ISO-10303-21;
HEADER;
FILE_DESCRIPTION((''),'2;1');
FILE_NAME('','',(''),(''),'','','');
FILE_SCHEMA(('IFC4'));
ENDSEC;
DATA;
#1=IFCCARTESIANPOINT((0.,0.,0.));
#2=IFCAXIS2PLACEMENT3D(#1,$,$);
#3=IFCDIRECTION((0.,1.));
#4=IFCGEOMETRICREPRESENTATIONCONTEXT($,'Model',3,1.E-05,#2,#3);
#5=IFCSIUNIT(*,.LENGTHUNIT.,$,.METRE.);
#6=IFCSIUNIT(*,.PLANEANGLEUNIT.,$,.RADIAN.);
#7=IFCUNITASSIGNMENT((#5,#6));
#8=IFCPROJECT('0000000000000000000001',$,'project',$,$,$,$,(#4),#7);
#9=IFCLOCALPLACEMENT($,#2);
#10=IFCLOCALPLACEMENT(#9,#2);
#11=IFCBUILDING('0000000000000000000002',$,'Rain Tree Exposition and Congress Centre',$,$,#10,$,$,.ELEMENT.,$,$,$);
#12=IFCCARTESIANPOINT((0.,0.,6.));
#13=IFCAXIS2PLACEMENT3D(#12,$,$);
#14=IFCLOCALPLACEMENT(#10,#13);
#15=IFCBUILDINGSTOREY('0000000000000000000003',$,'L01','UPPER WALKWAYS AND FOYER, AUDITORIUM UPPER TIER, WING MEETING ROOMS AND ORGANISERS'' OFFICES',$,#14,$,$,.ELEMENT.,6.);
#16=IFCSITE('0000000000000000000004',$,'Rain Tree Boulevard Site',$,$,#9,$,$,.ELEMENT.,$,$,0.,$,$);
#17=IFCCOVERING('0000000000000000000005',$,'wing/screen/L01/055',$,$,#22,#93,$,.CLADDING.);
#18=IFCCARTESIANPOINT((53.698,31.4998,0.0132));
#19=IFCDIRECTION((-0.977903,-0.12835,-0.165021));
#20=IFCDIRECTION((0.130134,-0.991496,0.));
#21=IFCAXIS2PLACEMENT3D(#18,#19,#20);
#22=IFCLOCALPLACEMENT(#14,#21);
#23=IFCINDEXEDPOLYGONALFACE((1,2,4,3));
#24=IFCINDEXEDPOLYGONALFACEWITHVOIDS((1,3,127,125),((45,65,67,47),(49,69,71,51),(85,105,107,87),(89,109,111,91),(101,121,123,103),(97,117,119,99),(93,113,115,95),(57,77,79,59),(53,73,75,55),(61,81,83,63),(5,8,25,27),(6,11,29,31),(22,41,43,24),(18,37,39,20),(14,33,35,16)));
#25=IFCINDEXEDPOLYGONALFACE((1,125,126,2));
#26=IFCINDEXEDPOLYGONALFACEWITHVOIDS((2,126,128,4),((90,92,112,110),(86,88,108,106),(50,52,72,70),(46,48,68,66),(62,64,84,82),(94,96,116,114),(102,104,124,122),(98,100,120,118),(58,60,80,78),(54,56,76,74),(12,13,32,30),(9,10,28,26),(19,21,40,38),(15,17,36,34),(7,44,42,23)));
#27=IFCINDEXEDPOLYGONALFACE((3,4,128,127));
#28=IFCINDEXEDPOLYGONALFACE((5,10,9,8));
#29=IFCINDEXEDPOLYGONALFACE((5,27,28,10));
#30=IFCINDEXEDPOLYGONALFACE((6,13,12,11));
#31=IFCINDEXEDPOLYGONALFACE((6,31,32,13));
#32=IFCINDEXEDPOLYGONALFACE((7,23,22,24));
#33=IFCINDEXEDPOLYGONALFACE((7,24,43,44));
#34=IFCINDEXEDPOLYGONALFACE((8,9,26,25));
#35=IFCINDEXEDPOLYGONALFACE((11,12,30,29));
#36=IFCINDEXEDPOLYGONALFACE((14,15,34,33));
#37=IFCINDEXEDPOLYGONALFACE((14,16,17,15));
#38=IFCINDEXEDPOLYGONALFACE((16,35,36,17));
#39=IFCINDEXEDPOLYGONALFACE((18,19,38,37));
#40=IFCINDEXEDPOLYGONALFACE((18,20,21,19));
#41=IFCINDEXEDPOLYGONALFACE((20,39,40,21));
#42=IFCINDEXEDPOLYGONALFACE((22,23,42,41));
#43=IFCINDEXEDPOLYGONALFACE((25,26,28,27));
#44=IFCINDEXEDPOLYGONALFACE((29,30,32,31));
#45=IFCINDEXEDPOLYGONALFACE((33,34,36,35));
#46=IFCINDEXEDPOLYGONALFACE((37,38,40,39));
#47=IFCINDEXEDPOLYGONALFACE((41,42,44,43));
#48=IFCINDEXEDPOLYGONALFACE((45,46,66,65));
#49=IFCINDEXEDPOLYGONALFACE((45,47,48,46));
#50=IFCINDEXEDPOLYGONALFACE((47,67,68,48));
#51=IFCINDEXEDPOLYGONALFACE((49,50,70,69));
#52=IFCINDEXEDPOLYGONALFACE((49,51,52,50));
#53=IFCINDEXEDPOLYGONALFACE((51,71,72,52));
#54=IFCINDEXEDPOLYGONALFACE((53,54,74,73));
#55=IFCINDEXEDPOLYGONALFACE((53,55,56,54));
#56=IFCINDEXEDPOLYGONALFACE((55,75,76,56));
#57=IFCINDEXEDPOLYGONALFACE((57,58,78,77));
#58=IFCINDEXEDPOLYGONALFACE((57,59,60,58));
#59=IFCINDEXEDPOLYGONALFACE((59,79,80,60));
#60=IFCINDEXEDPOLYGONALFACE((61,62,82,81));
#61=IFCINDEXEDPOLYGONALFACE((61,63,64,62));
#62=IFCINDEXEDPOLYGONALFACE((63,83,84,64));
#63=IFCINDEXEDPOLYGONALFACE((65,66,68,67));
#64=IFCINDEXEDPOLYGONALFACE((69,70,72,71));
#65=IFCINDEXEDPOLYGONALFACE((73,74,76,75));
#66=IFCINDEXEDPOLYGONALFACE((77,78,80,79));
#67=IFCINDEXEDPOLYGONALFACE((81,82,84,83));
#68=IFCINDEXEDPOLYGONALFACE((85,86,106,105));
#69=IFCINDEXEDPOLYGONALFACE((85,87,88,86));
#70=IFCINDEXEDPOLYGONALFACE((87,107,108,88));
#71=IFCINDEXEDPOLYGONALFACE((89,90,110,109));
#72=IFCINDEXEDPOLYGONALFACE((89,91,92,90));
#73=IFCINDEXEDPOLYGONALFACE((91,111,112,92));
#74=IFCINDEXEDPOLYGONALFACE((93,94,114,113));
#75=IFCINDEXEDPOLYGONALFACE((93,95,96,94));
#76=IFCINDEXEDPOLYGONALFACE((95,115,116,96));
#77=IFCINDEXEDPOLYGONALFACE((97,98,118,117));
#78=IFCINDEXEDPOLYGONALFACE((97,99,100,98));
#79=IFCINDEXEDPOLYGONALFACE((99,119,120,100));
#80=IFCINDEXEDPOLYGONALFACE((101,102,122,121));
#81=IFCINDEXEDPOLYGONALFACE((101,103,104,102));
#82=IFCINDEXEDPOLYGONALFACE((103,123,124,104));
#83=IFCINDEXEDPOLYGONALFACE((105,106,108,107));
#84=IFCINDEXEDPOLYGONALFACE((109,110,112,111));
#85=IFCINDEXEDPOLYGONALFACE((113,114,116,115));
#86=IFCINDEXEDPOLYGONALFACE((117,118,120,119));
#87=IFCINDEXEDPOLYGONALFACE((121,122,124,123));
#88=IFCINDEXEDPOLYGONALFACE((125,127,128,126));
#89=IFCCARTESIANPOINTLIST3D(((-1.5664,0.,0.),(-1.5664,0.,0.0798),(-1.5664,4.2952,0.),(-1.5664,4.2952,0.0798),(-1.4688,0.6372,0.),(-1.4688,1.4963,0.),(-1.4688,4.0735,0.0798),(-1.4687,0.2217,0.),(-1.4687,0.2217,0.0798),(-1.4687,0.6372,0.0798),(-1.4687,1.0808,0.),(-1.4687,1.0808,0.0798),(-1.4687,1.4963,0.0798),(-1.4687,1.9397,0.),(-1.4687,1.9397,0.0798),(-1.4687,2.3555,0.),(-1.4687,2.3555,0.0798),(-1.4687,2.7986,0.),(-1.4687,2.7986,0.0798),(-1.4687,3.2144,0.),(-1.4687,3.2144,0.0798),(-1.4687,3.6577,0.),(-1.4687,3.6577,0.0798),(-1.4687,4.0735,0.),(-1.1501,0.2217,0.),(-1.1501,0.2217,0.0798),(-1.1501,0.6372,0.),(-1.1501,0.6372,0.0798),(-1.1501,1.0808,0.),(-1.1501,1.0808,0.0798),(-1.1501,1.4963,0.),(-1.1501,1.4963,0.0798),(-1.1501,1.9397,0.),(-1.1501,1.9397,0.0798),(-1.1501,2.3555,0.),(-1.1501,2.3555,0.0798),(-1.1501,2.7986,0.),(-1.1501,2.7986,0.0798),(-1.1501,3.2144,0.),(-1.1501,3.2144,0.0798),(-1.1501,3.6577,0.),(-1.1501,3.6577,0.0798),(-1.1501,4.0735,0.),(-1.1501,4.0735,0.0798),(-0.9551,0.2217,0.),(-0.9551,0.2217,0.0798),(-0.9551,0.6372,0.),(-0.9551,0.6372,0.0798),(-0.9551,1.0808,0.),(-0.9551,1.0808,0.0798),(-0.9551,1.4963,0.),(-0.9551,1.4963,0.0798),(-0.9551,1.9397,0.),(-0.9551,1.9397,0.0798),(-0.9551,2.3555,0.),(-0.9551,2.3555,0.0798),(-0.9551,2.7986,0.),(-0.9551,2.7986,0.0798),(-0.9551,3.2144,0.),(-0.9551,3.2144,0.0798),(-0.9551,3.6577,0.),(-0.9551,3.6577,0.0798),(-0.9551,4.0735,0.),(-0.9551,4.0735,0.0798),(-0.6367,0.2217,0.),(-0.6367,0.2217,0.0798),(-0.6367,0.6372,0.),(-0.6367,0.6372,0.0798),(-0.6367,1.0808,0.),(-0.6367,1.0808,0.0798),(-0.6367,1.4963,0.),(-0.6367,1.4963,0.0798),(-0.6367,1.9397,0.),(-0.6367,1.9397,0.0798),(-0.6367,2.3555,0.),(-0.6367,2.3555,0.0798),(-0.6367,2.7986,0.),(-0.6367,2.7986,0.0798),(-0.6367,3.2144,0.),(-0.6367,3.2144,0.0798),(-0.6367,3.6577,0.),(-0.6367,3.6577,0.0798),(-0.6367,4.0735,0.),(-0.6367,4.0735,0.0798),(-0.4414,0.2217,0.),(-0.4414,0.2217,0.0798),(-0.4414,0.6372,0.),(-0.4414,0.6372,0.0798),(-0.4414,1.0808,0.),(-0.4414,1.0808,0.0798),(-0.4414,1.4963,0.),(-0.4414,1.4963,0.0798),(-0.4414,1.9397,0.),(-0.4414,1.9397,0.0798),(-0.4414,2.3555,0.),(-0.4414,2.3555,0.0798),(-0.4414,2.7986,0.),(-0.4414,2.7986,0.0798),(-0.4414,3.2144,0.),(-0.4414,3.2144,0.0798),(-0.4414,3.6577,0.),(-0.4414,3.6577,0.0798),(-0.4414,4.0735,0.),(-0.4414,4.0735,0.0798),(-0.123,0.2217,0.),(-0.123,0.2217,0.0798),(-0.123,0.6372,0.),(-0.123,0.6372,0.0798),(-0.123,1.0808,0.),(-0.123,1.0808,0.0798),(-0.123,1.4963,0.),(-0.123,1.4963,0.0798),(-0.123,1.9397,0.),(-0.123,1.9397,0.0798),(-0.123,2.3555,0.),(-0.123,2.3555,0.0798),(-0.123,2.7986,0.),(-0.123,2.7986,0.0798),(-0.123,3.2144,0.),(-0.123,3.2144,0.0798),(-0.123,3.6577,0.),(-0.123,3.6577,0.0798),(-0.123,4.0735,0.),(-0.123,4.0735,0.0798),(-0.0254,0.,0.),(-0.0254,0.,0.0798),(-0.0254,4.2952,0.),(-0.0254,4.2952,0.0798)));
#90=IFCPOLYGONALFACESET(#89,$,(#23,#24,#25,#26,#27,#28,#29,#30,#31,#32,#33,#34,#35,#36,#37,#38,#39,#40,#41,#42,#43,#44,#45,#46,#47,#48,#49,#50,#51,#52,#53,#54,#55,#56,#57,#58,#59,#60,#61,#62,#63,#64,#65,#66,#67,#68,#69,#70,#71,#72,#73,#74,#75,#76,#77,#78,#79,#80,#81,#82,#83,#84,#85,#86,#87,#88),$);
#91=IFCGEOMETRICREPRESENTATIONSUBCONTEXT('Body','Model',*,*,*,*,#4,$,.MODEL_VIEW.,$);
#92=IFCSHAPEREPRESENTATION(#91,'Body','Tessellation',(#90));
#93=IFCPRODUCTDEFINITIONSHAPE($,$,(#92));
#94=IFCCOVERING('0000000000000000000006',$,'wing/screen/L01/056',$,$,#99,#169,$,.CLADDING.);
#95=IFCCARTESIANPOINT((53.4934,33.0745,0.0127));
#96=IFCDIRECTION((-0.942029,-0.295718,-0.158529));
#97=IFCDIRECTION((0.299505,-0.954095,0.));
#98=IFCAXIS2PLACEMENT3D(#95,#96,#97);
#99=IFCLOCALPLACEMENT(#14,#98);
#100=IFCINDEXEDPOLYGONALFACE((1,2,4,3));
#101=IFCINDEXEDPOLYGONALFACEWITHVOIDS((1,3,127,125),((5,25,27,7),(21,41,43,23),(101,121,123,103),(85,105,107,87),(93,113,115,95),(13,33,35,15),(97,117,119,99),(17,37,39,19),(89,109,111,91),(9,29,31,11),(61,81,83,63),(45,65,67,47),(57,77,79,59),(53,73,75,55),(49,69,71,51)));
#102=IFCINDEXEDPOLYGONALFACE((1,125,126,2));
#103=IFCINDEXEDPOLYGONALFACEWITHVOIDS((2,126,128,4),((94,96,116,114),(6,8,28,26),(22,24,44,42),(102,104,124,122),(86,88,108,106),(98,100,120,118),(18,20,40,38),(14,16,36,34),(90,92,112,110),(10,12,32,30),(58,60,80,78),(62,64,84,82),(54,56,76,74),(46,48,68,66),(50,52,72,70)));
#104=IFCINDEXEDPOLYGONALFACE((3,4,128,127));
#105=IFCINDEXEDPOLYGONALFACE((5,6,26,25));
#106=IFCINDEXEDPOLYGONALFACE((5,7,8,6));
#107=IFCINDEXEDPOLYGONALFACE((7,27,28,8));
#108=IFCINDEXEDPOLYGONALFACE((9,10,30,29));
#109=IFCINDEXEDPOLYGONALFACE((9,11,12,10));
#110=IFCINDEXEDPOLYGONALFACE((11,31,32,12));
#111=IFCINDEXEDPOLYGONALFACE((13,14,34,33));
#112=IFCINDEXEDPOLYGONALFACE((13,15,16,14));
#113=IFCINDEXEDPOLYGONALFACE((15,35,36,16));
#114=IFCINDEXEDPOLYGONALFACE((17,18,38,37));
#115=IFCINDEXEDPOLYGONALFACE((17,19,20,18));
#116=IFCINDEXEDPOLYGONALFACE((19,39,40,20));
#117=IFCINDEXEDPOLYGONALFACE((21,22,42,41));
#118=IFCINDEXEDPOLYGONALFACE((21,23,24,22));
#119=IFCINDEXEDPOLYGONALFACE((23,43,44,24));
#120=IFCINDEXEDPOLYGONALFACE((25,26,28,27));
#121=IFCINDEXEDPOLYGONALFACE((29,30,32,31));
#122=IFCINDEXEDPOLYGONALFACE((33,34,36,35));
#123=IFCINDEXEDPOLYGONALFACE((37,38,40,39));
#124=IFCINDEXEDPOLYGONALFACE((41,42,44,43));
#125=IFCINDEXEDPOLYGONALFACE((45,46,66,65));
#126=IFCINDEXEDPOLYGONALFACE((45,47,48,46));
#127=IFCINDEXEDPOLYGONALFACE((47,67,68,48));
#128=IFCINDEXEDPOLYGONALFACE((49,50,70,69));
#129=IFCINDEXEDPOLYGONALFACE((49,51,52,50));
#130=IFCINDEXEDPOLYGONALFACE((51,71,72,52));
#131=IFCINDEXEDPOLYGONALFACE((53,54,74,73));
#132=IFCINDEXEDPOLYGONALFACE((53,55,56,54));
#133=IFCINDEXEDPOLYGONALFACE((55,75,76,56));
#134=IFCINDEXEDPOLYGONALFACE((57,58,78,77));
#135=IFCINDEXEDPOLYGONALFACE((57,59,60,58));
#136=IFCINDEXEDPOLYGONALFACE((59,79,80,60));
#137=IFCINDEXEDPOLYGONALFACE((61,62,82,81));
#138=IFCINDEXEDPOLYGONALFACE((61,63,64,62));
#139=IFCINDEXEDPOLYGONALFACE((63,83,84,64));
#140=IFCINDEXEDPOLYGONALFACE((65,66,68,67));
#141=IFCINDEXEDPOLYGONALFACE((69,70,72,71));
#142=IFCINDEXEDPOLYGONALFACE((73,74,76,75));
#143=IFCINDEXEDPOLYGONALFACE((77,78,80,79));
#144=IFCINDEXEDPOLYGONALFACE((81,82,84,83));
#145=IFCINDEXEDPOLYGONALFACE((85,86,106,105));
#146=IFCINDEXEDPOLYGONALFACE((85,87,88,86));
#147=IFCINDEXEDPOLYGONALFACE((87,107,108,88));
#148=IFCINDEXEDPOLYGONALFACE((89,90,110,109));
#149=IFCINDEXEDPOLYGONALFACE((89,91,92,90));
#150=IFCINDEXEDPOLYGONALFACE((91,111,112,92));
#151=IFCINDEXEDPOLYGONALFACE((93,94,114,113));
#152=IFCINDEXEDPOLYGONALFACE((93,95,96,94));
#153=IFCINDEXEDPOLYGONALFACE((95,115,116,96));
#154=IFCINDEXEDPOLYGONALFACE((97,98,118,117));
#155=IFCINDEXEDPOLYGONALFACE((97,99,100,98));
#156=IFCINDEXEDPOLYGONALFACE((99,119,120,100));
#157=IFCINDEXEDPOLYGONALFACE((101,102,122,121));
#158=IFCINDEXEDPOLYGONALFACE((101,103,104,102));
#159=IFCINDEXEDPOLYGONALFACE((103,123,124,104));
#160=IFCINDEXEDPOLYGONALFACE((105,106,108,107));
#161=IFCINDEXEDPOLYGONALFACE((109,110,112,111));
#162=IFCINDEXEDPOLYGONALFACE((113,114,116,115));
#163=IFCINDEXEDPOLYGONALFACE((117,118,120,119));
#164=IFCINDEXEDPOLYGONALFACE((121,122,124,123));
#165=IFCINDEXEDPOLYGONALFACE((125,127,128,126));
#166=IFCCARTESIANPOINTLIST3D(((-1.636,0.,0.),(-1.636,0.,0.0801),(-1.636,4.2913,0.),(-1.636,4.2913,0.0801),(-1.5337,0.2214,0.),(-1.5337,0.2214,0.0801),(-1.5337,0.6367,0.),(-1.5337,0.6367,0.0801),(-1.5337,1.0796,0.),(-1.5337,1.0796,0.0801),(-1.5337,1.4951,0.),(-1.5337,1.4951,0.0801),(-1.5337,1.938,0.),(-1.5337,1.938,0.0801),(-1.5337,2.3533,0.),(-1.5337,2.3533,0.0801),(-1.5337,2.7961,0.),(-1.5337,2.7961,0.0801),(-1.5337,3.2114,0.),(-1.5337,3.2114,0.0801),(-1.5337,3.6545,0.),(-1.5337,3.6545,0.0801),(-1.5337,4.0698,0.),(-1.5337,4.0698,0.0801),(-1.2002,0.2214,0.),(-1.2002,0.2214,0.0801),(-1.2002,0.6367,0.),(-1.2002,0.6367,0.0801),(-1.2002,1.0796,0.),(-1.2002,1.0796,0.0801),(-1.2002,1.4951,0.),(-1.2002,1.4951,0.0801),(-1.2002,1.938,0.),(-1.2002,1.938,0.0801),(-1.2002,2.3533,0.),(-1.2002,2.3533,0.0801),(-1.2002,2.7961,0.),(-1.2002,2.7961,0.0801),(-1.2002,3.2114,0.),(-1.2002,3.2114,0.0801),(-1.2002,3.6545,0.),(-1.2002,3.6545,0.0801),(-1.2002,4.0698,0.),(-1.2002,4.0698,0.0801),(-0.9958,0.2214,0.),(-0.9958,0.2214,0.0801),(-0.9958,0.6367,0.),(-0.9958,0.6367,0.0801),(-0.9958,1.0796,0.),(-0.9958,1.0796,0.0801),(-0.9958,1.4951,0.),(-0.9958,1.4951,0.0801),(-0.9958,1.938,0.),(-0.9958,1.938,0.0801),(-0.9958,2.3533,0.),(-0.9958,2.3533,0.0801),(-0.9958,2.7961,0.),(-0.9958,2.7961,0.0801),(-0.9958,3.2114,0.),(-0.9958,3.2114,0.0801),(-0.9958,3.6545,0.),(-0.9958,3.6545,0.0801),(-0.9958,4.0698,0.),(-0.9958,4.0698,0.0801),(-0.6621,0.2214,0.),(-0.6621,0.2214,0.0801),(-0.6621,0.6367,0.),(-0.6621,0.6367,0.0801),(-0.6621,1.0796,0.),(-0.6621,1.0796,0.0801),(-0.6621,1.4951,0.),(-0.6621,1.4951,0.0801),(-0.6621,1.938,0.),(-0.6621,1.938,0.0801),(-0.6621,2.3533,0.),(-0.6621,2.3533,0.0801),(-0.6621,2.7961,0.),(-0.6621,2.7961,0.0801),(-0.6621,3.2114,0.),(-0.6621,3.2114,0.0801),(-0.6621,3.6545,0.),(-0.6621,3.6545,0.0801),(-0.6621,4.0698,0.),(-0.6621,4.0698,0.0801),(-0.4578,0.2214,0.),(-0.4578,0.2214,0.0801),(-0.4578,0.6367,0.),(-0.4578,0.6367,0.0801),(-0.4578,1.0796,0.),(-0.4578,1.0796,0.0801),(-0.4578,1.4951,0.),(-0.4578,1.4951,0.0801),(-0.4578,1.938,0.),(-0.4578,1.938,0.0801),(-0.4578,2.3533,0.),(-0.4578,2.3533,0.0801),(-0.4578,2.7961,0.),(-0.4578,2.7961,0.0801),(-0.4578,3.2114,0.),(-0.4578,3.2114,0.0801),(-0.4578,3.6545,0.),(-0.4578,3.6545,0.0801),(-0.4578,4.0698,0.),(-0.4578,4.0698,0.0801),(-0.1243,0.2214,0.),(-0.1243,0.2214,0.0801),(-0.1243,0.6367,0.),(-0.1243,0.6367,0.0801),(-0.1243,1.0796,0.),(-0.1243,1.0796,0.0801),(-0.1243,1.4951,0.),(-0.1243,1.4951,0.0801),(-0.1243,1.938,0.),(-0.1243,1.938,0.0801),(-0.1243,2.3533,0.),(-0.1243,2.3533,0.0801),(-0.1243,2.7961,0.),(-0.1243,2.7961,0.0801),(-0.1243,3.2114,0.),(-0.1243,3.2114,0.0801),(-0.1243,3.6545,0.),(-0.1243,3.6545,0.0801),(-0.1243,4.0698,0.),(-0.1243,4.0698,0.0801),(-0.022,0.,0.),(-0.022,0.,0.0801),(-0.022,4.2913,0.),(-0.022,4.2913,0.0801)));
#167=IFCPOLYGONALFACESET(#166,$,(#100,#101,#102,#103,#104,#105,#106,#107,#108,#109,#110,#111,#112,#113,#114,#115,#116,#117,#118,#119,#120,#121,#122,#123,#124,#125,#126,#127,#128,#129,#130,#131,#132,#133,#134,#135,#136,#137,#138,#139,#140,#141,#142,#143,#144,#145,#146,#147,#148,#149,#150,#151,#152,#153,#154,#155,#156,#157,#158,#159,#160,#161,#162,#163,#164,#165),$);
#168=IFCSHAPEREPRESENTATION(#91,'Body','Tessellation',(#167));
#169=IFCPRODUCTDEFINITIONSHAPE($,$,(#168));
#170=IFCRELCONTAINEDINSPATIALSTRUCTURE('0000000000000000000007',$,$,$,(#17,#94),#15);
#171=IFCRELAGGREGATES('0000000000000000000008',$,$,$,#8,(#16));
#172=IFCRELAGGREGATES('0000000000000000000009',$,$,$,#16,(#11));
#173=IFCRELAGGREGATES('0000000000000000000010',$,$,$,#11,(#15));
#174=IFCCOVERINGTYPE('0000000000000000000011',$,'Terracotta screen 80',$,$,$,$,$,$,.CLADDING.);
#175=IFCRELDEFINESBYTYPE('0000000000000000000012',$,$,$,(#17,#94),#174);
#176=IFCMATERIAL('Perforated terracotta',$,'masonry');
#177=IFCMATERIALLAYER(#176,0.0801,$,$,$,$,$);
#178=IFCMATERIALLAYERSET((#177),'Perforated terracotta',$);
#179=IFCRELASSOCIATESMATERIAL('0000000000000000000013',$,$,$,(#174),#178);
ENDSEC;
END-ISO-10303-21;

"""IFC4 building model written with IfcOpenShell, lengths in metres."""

from ifc_helpers import new_model, si_unit, direction, frame, origin, place, context, subcontext, project, spatial, polyline, outline, extrude, material, layer, layer_set, type_object, element, save


model = new_model("IFC4")

# Units and contexts
model_context = context("Model", 3, precision=1e-05, world=origin(), true_north=direction((0.0, 1.0)))
body_context = subcontext(model_context, "Body", "Model", "MODEL_VIEW")
ifc_project = project(units=[si_unit("LENGTHUNIT", "METRE"), si_unit("PLANEANGLEUNIT", "RADIAN")], contexts=[model_context])

# Site, building, storey
site_placement = place(None, origin())
site = spatial("IfcSite", under=ifc_project, at=site_placement, Name="Rain Tree Boulevard Site", CompositionType="ELEMENT", RefElevation=0.0)
building_placement = place(site_placement, origin())
building = spatial("IfcBuilding", under=site, at=building_placement, Name="Rain Tree Exposition and Congress Centre", CompositionType="ELEMENT")
storey_placement = place(building_placement, frame((0.0, 0.0, 6.0)))
storey = spatial("IfcBuildingStorey", under=building, at=storey_placement, Name="L01", Description="UPPER WALKWAYS AND FOYER, AUDITORIUM UPPER TIER, WING MEETING ROOMS AND ORGANISERS' OFFICES", CompositionType="ELEMENT", Elevation=6.0)

# Coverings
ifc_material_1 = material(Name="Perforated terracotta", Category="masonry")
ifc_layer = layer(ifc_material_1, 0.0801)
ifc_layer_set = layer_set([ifc_layer], Name="Perforated terracotta")
covering_type = type_object("IfcCoveringType", Name="Terracotta screen 80", PredefinedType="CLADDING", material=ifc_layer_set)
covering_1_placement = place(storey_placement, frame((53.698, 31.4998, 0.0132), z_axis=(-0.977903, -0.12835, -0.165021), x_axis=(0.130134, -0.991496, 0.0)))
element("IfcCovering", 1, at=covering_1_placement, inside=storey, type_object=covering_type, Name="wing/screen/L01/055", PredefinedType="CLADDING", context=body_context, shape_type="SweptSolid", body=[
    extrude(outline(polyline([(-1.5664, 0.0), (-1.5664, 4.2952), (-0.0254, 4.2952), (-0.0254, 0.0), (-1.5664, 0.0)]), holes=[polyline([(-0.123, 0.2217), (-0.123, 0.6372), (-0.4414, 0.6372), (-0.4414, 0.2217), (-0.123, 0.2217)]), polyline([(-0.123, 1.0808), (-0.123, 1.4963), (-0.4414, 1.4963), (-0.4414, 1.0808), (-0.123, 1.0808)]), polyline([(-0.123, 1.9397), (-0.123, 2.3555), (-0.4414, 2.3555), (-0.4414, 1.9397), (-0.123, 1.9397)]), polyline([(-0.123, 2.7986), (-0.123, 3.2144), (-0.4414, 3.2144), (-0.4414, 2.7986), (-0.123, 2.7986)]), polyline([(-0.123, 3.6577), (-0.123, 4.0735), (-0.4414, 4.0735), (-0.4414, 3.6577), (-0.123, 3.6577)]), polyline([(-0.6367, 0.2217), (-0.6367, 0.6372), (-0.9551, 0.6372), (-0.9551, 0.2217), (-0.6367, 0.2217)]), polyline([(-0.6367, 1.0808), (-0.6367, 1.4963), (-0.9551, 1.4963), (-0.9551, 1.0808), (-0.6367, 1.0808)]), polyline([(-0.6367, 1.9397), (-0.6367, 2.3555), (-0.9551, 2.3555), (-0.9551, 1.9397), (-0.6367, 1.9397)]), polyline([(-0.6367, 2.7986), (-0.6367, 3.2144), (-0.9551, 3.2144), (-0.9551, 2.7986), (-0.6367, 2.7986)]), polyline([(-0.6367, 3.6577), (-0.6367, 4.0735), (-0.9551, 4.0735), (-0.9551, 3.6577), (-0.6367, 3.6577)]), polyline([(-1.1501, 0.2217), (-1.1501, 0.6372), (-1.4688, 0.6372), (-1.4688, 0.2217), (-1.1501, 0.2217)]), polyline([(-1.1501, 1.0808), (-1.1501, 1.4963), (-1.4688, 1.4963), (-1.4688, 1.0808), (-1.1501, 1.0808)]), polyline([(-1.1501, 1.9397), (-1.1501, 2.3555), (-1.4688, 2.3555), (-1.4688, 1.9397), (-1.1501, 1.9397)]), polyline([(-1.1501, 2.7986), (-1.1501, 3.2144), (-1.4688, 3.2144), (-1.4688, 2.7986), (-1.1501, 2.7986)]), polyline([(-1.1501, 3.6577), (-1.1501, 4.0735), (-1.4688, 4.0735), (-1.4688, 3.6577), (-1.1501, 3.6577)])]), origin(), (0.0, 0.0, 1.0), 0.0798),
])
covering_2_placement = place(storey_placement, frame((53.4934, 33.0745, 0.0127), z_axis=(-0.942029, -0.295718, -0.158529), x_axis=(0.299505, -0.954095, 0.0)))
element("IfcCovering", 2, at=covering_2_placement, inside=storey, type_object=covering_type, Name="wing/screen/L01/056", PredefinedType="CLADDING", context=body_context, shape_type="SweptSolid", body=[
    extrude(outline(polyline([(-1.636, 0.0), (-1.636, 4.2913), (-0.022, 4.2913), (-0.022, 0.0), (-1.636, 0.0)]), holes=[polyline([(-0.1243, 0.2214), (-0.1243, 0.6367), (-0.4578, 0.6367), (-0.4578, 0.2214), (-0.1243, 0.2214)]), polyline([(-0.1243, 1.0796), (-0.1243, 1.4951), (-0.4578, 1.4951), (-0.4578, 1.0796), (-0.1243, 1.0796)]), polyline([(-0.1243, 1.938), (-0.1243, 2.3533), (-0.4578, 2.3533), (-0.4578, 1.938), (-0.1243, 1.938)]), polyline([(-0.1243, 2.7961), (-0.1243, 3.2114), (-0.4578, 3.2114), (-0.4578, 2.7961), (-0.1243, 2.7961)]), polyline([(-0.1243, 3.6545), (-0.1243, 4.0698), (-0.4578, 4.0698), (-0.4578, 3.6545), (-0.1243, 3.6545)]), polyline([(-0.6621, 0.2214), (-0.6621, 0.6367), (-0.9958, 0.6367), (-0.9958, 0.2214), (-0.6621, 0.2214)]), polyline([(-0.6621, 1.0796), (-0.6621, 1.4951), (-0.9958, 1.4951), (-0.9958, 1.0796), (-0.6621, 1.0796)]), polyline([(-0.6621, 1.938), (-0.6621, 2.3533), (-0.9958, 2.3533), (-0.9958, 1.938), (-0.6621, 1.938)]), polyline([(-0.6621, 2.7961), (-0.6621, 3.2114), (-0.9958, 3.2114), (-0.9958, 2.7961), (-0.6621, 2.7961)]), polyline([(-0.6621, 3.6545), (-0.6621, 4.0698), (-0.9958, 4.0698), (-0.9958, 3.6545), (-0.6621, 3.6545)]), polyline([(-1.2002, 0.2214), (-1.2002, 0.6367), (-1.5337, 0.6367), (-1.5337, 0.2214), (-1.2002, 0.2214)]), polyline([(-1.2002, 1.0796), (-1.2002, 1.4951), (-1.5337, 1.4951), (-1.5337, 1.0796), (-1.2002, 1.0796)]), polyline([(-1.2002, 1.938), (-1.2002, 2.3533), (-1.5337, 2.3533), (-1.5337, 1.938), (-1.2002, 1.938)]), polyline([(-1.2002, 2.7961), (-1.2002, 3.2114), (-1.5337, 3.2114), (-1.5337, 2.7961), (-1.2002, 2.7961)]), polyline([(-1.2002, 3.6545), (-1.2002, 4.0698), (-1.5337, 4.0698), (-1.5337, 3.6545), (-1.2002, 3.6545)])]), origin(), (0.0, 0.0, 1.0), 0.0801),
])

save(model, "model.ifc")
